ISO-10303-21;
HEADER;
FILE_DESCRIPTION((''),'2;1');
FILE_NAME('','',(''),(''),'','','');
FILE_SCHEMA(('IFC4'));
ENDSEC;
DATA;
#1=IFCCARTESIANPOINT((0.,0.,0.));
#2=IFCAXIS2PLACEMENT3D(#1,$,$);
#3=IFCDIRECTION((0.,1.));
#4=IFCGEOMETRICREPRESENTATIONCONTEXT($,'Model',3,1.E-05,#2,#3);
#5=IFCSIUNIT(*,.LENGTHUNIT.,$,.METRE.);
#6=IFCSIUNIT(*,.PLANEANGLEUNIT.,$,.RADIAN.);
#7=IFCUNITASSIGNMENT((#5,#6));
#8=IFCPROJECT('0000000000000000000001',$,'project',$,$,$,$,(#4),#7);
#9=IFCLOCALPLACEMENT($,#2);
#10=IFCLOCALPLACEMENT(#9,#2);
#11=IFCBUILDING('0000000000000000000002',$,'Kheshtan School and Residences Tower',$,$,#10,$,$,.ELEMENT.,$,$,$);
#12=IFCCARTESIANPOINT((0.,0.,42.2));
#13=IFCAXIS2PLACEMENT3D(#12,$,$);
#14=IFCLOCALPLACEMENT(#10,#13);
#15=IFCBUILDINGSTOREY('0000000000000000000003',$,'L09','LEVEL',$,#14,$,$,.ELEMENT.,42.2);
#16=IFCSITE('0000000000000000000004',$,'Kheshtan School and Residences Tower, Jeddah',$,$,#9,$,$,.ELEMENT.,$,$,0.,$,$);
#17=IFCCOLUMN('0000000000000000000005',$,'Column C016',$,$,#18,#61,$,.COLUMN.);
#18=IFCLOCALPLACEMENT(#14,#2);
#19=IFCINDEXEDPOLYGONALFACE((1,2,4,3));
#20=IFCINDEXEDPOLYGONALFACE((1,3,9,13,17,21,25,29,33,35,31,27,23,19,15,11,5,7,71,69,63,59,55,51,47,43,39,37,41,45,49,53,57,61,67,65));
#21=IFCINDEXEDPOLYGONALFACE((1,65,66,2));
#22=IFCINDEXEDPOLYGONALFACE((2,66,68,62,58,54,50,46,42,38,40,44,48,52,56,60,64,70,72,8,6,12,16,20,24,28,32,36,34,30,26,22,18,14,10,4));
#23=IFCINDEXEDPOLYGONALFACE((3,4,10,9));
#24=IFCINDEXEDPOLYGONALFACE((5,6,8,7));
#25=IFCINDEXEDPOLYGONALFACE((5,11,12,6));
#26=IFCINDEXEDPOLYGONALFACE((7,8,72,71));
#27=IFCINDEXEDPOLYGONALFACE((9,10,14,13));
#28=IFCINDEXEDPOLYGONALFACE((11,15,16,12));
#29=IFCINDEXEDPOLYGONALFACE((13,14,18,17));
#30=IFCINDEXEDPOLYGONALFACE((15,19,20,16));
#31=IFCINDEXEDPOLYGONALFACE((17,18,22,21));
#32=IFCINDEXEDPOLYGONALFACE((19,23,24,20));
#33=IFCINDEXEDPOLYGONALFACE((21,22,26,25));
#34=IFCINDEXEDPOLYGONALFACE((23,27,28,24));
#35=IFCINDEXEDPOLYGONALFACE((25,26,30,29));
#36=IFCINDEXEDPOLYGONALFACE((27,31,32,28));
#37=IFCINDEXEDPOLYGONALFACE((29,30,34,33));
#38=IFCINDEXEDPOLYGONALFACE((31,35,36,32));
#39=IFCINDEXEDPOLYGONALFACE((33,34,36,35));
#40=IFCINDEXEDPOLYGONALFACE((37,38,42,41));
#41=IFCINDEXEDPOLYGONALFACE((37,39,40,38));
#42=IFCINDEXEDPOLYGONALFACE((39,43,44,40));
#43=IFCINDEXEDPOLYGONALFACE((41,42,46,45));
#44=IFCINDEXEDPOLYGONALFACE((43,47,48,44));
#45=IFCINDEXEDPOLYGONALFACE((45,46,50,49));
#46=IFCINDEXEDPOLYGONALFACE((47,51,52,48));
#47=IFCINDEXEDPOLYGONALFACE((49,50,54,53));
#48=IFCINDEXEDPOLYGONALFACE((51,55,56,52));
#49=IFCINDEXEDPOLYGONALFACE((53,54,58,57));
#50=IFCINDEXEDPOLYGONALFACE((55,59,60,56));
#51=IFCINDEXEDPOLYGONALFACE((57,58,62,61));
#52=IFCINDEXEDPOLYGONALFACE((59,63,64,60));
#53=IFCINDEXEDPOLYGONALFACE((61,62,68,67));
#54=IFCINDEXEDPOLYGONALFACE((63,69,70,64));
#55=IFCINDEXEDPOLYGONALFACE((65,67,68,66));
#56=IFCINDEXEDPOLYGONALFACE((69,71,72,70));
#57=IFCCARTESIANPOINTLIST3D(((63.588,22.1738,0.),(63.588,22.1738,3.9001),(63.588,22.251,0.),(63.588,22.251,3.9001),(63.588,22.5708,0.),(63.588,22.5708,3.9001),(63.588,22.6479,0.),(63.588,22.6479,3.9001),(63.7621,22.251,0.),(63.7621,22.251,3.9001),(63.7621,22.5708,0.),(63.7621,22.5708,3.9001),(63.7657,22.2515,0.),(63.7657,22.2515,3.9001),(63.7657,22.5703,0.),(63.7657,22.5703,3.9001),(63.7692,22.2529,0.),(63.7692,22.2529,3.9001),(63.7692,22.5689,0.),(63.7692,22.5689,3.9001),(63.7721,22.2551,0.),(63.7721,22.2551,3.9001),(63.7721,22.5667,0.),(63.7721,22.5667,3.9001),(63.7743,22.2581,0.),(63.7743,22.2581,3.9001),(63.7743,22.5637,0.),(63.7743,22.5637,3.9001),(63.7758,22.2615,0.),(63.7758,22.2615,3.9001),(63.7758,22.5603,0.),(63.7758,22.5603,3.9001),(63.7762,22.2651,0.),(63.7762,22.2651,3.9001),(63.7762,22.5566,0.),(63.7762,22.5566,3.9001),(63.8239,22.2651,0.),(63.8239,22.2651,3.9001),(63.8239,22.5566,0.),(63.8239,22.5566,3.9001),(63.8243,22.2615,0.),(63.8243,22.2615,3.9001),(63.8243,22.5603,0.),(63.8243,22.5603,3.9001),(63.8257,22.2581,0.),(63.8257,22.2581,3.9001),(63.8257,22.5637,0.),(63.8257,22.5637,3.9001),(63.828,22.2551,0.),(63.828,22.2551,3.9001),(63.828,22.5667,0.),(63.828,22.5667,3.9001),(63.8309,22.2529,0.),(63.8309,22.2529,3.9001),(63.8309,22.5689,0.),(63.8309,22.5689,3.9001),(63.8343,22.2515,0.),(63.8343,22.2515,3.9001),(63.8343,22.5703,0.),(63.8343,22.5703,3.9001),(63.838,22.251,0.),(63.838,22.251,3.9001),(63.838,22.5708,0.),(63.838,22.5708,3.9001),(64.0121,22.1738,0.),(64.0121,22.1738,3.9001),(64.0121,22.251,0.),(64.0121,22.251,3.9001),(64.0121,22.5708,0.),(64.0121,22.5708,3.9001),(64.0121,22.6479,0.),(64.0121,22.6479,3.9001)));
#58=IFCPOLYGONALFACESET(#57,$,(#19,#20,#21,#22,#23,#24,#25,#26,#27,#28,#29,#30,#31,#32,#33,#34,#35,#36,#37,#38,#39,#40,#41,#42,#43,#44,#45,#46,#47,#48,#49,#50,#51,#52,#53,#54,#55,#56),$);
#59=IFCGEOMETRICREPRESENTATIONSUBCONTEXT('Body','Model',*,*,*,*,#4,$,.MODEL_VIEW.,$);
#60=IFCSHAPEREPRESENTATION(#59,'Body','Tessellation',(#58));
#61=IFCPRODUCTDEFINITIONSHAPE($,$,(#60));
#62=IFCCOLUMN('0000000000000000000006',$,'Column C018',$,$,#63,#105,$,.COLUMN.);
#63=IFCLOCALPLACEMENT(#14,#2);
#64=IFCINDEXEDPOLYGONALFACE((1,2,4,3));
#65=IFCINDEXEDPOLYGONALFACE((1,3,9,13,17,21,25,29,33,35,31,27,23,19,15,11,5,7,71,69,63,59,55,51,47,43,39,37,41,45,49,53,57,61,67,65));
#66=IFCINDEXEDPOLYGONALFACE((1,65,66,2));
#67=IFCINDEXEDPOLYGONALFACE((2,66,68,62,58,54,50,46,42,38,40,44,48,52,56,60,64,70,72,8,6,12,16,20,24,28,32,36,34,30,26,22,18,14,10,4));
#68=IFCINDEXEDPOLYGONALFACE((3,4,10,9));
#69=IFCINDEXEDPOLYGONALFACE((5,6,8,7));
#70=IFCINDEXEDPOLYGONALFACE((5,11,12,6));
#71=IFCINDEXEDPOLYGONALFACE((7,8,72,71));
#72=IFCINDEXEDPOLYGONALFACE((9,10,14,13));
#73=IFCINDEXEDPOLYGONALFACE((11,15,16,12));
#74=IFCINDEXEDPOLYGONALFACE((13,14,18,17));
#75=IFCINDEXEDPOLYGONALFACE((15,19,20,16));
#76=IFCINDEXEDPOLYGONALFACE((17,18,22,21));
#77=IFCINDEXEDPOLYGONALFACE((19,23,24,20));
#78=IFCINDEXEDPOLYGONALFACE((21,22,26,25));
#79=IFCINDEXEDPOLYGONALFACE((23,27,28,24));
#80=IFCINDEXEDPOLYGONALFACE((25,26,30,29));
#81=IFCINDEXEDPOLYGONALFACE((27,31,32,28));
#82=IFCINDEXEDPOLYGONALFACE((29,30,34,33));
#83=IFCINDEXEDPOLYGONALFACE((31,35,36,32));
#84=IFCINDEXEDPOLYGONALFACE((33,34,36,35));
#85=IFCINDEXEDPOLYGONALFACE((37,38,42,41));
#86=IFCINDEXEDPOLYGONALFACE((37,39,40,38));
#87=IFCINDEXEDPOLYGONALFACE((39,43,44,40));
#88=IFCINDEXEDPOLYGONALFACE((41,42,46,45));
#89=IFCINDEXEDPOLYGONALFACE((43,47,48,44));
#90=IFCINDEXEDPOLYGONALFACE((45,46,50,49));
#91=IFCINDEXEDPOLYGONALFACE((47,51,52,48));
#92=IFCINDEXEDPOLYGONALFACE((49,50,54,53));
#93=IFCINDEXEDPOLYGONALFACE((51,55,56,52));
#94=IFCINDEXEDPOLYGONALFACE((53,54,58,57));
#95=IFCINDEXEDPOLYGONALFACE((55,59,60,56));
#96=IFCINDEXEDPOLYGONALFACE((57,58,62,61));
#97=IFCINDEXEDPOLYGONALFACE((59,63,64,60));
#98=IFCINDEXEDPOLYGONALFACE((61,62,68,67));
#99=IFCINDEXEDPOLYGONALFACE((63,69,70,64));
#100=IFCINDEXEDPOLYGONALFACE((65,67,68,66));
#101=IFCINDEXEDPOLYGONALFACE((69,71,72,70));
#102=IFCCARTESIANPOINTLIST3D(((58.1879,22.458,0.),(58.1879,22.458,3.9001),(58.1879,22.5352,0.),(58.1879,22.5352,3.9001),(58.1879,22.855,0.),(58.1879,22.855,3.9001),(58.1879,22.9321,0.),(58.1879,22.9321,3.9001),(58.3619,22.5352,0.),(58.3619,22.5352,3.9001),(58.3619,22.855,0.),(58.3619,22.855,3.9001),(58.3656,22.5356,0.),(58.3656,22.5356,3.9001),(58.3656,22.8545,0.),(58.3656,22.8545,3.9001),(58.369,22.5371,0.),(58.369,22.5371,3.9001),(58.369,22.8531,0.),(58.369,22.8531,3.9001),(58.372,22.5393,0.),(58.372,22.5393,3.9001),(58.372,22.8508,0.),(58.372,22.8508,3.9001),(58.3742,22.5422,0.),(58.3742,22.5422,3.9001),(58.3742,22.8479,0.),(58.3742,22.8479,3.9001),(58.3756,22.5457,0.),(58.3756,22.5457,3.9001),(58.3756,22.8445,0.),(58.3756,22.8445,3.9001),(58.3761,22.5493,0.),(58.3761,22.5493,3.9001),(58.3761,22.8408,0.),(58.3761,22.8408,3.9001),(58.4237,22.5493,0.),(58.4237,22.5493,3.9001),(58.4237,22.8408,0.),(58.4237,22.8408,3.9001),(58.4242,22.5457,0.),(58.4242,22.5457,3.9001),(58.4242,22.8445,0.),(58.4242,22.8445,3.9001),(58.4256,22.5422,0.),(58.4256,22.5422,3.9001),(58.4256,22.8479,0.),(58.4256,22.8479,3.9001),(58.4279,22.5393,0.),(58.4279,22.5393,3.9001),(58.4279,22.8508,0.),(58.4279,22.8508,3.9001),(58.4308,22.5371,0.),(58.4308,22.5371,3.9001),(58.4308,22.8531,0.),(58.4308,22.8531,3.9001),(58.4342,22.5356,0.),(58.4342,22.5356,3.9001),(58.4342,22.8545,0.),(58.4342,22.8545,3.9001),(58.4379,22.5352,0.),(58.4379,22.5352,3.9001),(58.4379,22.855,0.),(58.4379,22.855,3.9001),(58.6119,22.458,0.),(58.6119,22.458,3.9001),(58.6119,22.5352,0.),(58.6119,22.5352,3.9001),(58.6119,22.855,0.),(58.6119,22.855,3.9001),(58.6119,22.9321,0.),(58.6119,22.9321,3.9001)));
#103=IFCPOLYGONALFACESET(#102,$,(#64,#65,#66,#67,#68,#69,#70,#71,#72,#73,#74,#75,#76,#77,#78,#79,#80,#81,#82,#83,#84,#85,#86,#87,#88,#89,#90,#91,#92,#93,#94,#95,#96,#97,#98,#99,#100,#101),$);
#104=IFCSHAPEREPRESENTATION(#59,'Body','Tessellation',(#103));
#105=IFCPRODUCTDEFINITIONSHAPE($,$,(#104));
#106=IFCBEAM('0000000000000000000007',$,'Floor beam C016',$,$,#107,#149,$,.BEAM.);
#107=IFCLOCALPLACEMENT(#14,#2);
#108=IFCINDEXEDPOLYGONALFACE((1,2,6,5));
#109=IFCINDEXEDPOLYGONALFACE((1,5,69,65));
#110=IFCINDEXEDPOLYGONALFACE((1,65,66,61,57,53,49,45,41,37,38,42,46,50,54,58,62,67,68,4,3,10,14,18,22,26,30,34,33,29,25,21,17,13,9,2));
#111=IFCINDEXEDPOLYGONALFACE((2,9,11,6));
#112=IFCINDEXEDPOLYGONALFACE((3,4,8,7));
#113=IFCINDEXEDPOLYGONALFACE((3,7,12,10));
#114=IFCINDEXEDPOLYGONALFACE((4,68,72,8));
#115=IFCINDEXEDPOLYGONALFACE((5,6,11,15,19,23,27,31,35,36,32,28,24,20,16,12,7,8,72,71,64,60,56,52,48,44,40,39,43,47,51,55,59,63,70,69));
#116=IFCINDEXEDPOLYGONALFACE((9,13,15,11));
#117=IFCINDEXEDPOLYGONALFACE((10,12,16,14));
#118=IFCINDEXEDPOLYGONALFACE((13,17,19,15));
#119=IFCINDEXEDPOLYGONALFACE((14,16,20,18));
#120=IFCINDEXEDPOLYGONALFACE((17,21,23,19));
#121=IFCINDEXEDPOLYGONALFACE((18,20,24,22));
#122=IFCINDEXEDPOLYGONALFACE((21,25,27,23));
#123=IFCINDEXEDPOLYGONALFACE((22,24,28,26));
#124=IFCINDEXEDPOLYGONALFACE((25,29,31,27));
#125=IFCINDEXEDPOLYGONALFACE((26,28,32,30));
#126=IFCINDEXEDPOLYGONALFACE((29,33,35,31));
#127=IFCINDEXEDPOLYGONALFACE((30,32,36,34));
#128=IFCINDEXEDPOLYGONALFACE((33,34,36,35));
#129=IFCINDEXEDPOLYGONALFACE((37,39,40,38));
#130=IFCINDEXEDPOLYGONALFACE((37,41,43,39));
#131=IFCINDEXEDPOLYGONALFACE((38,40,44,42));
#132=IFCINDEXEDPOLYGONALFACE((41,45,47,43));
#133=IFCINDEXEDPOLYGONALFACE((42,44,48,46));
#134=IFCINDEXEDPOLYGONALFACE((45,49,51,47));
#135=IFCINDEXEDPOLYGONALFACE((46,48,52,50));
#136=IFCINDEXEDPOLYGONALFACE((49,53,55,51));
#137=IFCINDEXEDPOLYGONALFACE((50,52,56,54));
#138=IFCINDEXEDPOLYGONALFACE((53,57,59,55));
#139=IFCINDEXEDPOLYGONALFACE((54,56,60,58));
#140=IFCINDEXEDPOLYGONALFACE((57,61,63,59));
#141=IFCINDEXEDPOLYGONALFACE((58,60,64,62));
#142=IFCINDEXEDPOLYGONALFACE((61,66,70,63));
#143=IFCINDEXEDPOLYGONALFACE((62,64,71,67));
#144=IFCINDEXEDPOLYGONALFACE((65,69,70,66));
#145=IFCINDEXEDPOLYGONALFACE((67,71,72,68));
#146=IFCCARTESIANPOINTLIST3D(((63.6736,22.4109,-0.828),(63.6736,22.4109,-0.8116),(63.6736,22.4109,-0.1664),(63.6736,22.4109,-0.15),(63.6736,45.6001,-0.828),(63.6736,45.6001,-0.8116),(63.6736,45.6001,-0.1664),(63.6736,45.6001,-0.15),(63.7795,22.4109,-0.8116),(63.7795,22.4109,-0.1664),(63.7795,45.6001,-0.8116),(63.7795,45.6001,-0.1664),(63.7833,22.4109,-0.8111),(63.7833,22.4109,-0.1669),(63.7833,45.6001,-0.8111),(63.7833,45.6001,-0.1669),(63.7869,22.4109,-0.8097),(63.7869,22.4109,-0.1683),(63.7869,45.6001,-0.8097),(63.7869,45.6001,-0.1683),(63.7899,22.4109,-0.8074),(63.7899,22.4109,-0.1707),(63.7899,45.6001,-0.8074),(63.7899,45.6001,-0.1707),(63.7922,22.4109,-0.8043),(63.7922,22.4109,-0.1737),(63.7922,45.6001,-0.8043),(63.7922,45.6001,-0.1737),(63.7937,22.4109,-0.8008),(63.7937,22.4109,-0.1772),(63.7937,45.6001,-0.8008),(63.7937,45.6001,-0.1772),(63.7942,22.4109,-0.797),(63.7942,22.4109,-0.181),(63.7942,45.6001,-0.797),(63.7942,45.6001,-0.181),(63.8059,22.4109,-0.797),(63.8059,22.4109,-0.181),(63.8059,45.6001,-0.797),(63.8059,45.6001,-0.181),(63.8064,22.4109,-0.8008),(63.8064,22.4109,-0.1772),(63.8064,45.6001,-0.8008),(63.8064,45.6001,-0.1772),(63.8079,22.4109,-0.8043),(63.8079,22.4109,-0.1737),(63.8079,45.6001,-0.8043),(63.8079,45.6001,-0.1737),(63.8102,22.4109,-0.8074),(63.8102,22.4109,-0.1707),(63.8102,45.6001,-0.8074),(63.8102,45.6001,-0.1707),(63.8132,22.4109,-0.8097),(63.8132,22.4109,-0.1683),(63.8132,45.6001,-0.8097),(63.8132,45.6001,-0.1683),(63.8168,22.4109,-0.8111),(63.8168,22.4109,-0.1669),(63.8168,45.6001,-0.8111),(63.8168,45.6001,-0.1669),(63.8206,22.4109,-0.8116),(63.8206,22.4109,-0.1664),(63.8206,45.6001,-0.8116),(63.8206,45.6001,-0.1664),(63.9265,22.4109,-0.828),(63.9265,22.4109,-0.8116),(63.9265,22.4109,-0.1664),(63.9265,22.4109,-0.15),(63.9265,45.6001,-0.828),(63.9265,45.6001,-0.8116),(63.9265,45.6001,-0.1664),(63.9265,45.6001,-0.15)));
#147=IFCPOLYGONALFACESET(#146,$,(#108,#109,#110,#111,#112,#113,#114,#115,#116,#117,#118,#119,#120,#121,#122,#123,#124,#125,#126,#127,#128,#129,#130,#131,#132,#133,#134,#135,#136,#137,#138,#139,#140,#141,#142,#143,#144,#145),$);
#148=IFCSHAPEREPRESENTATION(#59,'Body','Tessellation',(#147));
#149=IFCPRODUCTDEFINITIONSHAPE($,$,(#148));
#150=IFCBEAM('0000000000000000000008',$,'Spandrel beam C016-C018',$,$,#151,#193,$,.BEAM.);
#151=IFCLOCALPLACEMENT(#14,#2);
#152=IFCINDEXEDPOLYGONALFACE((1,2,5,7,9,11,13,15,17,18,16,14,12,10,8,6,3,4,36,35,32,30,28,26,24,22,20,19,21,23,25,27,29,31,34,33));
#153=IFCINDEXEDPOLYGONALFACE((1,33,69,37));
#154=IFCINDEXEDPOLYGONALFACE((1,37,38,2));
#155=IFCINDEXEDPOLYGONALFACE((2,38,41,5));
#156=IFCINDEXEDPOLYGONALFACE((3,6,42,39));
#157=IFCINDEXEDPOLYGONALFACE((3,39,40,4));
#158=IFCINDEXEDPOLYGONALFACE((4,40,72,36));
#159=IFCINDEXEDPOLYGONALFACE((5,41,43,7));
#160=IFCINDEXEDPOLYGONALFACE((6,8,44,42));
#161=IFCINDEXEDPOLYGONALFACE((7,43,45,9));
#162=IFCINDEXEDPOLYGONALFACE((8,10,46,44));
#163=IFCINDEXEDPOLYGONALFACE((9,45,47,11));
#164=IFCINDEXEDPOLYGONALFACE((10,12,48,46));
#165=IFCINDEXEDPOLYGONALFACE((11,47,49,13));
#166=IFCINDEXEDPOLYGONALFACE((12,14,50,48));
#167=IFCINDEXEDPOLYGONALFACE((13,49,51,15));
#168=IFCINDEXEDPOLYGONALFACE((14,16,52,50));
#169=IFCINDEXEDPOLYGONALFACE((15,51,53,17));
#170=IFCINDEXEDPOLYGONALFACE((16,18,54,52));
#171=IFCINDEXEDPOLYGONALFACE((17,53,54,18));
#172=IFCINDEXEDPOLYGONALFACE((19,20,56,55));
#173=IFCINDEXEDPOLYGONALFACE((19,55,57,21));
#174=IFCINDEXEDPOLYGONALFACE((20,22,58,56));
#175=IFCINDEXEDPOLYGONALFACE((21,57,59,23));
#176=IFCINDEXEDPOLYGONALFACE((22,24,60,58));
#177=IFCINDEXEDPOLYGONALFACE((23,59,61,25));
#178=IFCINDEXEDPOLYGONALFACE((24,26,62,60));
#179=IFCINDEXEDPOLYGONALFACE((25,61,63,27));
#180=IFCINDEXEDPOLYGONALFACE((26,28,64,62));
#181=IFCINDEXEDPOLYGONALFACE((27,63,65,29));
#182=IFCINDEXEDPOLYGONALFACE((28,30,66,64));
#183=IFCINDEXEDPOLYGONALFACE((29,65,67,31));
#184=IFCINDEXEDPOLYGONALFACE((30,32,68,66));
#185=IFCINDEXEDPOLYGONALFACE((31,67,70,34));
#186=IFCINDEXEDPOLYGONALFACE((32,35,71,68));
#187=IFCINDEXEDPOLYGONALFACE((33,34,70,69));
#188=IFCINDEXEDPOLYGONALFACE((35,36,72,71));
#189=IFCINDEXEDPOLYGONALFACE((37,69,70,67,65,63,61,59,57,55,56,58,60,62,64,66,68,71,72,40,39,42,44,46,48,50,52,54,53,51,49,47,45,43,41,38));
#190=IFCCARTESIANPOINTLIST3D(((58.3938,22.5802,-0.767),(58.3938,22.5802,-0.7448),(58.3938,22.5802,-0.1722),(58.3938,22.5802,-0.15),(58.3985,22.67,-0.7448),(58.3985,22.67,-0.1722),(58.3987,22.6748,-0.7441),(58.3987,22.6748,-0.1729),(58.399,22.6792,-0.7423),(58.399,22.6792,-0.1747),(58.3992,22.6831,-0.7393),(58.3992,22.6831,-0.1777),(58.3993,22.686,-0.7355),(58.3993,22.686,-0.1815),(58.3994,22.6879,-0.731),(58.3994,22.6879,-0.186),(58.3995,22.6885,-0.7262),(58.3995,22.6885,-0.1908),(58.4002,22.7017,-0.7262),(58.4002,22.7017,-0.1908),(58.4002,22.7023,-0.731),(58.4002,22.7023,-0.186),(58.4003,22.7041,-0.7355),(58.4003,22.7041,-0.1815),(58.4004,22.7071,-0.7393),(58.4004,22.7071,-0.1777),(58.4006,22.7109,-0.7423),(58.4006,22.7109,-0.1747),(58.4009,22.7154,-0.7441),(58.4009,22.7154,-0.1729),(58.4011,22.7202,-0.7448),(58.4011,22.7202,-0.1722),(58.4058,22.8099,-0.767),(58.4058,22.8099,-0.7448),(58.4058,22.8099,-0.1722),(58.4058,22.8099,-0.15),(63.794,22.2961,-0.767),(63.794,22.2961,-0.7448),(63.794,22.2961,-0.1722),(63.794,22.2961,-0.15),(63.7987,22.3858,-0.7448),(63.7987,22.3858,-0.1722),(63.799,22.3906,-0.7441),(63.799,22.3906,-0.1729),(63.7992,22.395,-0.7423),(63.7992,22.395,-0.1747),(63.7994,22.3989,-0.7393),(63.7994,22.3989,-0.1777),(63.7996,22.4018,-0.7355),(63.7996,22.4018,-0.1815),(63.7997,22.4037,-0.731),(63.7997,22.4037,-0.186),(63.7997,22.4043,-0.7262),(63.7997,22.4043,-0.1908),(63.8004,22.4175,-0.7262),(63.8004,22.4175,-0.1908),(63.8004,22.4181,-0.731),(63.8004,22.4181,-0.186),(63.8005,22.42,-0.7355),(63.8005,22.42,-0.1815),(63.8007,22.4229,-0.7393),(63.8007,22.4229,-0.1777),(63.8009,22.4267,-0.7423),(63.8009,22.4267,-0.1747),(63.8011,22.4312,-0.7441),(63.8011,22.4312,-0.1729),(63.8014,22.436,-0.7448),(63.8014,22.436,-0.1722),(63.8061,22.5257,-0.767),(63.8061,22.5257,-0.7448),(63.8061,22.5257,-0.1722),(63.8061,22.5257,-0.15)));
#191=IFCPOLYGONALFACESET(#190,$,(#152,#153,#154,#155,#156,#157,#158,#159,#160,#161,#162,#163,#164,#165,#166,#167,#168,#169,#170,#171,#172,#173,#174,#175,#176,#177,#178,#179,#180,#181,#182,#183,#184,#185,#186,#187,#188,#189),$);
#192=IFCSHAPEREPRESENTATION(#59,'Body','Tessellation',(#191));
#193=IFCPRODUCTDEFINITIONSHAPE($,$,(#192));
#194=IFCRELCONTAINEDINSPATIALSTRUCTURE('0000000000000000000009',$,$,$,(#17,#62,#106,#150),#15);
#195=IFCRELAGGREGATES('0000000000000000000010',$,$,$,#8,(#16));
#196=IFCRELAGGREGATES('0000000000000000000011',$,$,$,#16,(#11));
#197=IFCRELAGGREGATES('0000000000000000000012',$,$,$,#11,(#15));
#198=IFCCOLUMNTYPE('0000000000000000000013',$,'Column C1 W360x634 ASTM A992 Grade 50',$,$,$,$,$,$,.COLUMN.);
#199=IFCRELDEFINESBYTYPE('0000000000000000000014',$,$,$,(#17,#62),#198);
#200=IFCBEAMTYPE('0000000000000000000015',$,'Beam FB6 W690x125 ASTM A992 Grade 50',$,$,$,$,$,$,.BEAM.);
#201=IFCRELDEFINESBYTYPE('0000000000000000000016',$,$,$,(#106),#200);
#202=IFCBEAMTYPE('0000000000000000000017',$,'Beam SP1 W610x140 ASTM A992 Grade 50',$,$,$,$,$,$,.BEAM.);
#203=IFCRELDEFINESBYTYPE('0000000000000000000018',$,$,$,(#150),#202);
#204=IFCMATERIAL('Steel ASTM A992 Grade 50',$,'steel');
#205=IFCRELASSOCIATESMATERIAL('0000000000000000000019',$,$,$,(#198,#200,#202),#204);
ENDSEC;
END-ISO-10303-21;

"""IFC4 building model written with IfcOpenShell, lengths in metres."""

from ifc_helpers import new_model, si_unit, direction, frame, origin, origin_2d, place, context, subcontext, project, spatial, i_section, extrude, material, material_profile, profile_set, type_object, element, save


model = new_model("IFC4")

# Units and contexts
model_context = context("Model", 3, precision=1e-05, world=origin(), true_north=direction((0.0, 1.0)))
body_context = subcontext(model_context, "Body", "Model", "MODEL_VIEW")
ifc_project = project(units=[si_unit("LENGTHUNIT", "METRE"), si_unit("PLANEANGLEUNIT", "RADIAN")], contexts=[model_context])

# Site, building, storey
site_placement = place(None, origin())
site = spatial("IfcSite", under=ifc_project, at=site_placement, Name="Kheshtan School and Residences Tower, Jeddah", CompositionType="ELEMENT", RefElevation=0.0)
building_placement = place(site_placement, origin())
building = spatial("IfcBuilding", under=site, at=building_placement, Name="Kheshtan School and Residences Tower", CompositionType="ELEMENT")
storey_placement = place(building_placement, frame((0.0, 0.0, 42.2)))
storey = spatial("IfcBuildingStorey", under=building, at=storey_placement, Name="L09", Description="LEVEL", CompositionType="ELEMENT", Elevation=42.2)

# Columns
ifc_material_1 = material(Name="Steel ASTM A992 Grade 50", Category="steel")
ifc_material_profile_1 = material_profile(ifc_material_1, i_section(OverallWidth=0.4241, OverallDepth=0.4741, WebThickness=0.0476, FlangeThickness=0.0771, FilletRadius=0.0142, at=origin_2d()), Name="W360x634")
ifc_profile_set_1 = profile_set([ifc_material_profile_1], Name="Steel ASTM A992 Grade 50")
column_type = type_object("IfcColumnType", Name="Column C1 W360x634 ASTM A992 Grade 50", PredefinedType="COLUMN", material=ifc_profile_set_1)
for number, where, z_axis, x_axis, name in (
    (1, (63.8, 22.4109, 0.0), (0.0, 0.0, 1.0), (1.0, 0.0, 0.0), "Column C016"),
    (2, (58.3999, 22.6951, 0.0), (0.0, 0.0, 1.0), (1.0, 0.0, 0.0), "Column C018"),
):
    element("IfcColumn", number, at=place(storey_placement, frame(where, z_axis=z_axis, x_axis=x_axis)), inside=storey, type_object=column_type, Name=name, PredefinedType="COLUMN", context=body_context, shape_type="SweptSolid", body=[
        extrude(i_section(OverallWidth=0.4241, OverallDepth=0.4741, WebThickness=0.0476, FlangeThickness=0.0771, FilletRadius=0.0142, at=origin_2d()), origin(), (0.0, 0.0, 1.0), 3.9001),
    ])

# Beams
ifc_material_profile_2 = material_profile(ifc_material_1, i_section(OverallWidth=0.2529, OverallDepth=0.678, WebThickness=0.0117, FlangeThickness=0.0164, FilletRadius=0.0146, at=origin_2d()), Name="W690x125")
ifc_profile_set_2 = profile_set([ifc_material_profile_2], Name="Steel ASTM A992 Grade 50")
beam_type_1 = type_object("IfcBeamType", Name="Beam FB6 W690x125 ASTM A992 Grade 50", PredefinedType="BEAM", material=ifc_profile_set_2)
beam_1_placement = place(storey_placement, frame((63.8, 22.4109, -0.489), z_axis=(0.0, 1.0, 0.0), x_axis=(-1.0, 0.0, 0.0)))
element("IfcBeam", 3, at=beam_1_placement, inside=storey, type_object=beam_type_1, Name="Floor beam C016", PredefinedType="BEAM", context=body_context, shape_type="SweptSolid", body=[
    extrude(i_section(OverallWidth=0.2529, OverallDepth=0.678, WebThickness=0.0117, FlangeThickness=0.0164, FilletRadius=0.0146, at=origin_2d()), origin(), (0.0, 0.0, 1.0), 23.1892),
])
ifc_material_profile_3 = material_profile(ifc_material_1, i_section(OverallWidth=0.23, OverallDepth=0.6169, WebThickness=0.0132, FlangeThickness=0.0222, FilletRadius=0.0186, at=origin_2d()), Name="W610x140")
ifc_profile_set_3 = profile_set([ifc_material_profile_3], Name="Steel ASTM A992 Grade 50")
beam_type_2 = type_object("IfcBeamType", Name="Beam SP1 W610x140 ASTM A992 Grade 50", PredefinedType="BEAM", material=ifc_profile_set_3)
beam_2_placement = place(storey_placement, frame((63.8, 22.4109, -0.4585), z_axis=(-0.998618, 0.052552, 0.0), x_axis=(-0.052552, -0.998618, 0.0)))
element("IfcBeam", 4, at=beam_2_placement, inside=storey, type_object=beam_type_2, Name="Spandrel beam C016-C018", PredefinedType="BEAM", context=body_context, shape_type="SweptSolid", body=[
    extrude(i_section(OverallWidth=0.23, OverallDepth=0.6169, WebThickness=0.0132, FlangeThickness=0.0222, FilletRadius=0.0186, at=origin_2d()), origin(), (0.0, 0.0, 1.0), 5.4077),
])

save(model, "model.ifc")
